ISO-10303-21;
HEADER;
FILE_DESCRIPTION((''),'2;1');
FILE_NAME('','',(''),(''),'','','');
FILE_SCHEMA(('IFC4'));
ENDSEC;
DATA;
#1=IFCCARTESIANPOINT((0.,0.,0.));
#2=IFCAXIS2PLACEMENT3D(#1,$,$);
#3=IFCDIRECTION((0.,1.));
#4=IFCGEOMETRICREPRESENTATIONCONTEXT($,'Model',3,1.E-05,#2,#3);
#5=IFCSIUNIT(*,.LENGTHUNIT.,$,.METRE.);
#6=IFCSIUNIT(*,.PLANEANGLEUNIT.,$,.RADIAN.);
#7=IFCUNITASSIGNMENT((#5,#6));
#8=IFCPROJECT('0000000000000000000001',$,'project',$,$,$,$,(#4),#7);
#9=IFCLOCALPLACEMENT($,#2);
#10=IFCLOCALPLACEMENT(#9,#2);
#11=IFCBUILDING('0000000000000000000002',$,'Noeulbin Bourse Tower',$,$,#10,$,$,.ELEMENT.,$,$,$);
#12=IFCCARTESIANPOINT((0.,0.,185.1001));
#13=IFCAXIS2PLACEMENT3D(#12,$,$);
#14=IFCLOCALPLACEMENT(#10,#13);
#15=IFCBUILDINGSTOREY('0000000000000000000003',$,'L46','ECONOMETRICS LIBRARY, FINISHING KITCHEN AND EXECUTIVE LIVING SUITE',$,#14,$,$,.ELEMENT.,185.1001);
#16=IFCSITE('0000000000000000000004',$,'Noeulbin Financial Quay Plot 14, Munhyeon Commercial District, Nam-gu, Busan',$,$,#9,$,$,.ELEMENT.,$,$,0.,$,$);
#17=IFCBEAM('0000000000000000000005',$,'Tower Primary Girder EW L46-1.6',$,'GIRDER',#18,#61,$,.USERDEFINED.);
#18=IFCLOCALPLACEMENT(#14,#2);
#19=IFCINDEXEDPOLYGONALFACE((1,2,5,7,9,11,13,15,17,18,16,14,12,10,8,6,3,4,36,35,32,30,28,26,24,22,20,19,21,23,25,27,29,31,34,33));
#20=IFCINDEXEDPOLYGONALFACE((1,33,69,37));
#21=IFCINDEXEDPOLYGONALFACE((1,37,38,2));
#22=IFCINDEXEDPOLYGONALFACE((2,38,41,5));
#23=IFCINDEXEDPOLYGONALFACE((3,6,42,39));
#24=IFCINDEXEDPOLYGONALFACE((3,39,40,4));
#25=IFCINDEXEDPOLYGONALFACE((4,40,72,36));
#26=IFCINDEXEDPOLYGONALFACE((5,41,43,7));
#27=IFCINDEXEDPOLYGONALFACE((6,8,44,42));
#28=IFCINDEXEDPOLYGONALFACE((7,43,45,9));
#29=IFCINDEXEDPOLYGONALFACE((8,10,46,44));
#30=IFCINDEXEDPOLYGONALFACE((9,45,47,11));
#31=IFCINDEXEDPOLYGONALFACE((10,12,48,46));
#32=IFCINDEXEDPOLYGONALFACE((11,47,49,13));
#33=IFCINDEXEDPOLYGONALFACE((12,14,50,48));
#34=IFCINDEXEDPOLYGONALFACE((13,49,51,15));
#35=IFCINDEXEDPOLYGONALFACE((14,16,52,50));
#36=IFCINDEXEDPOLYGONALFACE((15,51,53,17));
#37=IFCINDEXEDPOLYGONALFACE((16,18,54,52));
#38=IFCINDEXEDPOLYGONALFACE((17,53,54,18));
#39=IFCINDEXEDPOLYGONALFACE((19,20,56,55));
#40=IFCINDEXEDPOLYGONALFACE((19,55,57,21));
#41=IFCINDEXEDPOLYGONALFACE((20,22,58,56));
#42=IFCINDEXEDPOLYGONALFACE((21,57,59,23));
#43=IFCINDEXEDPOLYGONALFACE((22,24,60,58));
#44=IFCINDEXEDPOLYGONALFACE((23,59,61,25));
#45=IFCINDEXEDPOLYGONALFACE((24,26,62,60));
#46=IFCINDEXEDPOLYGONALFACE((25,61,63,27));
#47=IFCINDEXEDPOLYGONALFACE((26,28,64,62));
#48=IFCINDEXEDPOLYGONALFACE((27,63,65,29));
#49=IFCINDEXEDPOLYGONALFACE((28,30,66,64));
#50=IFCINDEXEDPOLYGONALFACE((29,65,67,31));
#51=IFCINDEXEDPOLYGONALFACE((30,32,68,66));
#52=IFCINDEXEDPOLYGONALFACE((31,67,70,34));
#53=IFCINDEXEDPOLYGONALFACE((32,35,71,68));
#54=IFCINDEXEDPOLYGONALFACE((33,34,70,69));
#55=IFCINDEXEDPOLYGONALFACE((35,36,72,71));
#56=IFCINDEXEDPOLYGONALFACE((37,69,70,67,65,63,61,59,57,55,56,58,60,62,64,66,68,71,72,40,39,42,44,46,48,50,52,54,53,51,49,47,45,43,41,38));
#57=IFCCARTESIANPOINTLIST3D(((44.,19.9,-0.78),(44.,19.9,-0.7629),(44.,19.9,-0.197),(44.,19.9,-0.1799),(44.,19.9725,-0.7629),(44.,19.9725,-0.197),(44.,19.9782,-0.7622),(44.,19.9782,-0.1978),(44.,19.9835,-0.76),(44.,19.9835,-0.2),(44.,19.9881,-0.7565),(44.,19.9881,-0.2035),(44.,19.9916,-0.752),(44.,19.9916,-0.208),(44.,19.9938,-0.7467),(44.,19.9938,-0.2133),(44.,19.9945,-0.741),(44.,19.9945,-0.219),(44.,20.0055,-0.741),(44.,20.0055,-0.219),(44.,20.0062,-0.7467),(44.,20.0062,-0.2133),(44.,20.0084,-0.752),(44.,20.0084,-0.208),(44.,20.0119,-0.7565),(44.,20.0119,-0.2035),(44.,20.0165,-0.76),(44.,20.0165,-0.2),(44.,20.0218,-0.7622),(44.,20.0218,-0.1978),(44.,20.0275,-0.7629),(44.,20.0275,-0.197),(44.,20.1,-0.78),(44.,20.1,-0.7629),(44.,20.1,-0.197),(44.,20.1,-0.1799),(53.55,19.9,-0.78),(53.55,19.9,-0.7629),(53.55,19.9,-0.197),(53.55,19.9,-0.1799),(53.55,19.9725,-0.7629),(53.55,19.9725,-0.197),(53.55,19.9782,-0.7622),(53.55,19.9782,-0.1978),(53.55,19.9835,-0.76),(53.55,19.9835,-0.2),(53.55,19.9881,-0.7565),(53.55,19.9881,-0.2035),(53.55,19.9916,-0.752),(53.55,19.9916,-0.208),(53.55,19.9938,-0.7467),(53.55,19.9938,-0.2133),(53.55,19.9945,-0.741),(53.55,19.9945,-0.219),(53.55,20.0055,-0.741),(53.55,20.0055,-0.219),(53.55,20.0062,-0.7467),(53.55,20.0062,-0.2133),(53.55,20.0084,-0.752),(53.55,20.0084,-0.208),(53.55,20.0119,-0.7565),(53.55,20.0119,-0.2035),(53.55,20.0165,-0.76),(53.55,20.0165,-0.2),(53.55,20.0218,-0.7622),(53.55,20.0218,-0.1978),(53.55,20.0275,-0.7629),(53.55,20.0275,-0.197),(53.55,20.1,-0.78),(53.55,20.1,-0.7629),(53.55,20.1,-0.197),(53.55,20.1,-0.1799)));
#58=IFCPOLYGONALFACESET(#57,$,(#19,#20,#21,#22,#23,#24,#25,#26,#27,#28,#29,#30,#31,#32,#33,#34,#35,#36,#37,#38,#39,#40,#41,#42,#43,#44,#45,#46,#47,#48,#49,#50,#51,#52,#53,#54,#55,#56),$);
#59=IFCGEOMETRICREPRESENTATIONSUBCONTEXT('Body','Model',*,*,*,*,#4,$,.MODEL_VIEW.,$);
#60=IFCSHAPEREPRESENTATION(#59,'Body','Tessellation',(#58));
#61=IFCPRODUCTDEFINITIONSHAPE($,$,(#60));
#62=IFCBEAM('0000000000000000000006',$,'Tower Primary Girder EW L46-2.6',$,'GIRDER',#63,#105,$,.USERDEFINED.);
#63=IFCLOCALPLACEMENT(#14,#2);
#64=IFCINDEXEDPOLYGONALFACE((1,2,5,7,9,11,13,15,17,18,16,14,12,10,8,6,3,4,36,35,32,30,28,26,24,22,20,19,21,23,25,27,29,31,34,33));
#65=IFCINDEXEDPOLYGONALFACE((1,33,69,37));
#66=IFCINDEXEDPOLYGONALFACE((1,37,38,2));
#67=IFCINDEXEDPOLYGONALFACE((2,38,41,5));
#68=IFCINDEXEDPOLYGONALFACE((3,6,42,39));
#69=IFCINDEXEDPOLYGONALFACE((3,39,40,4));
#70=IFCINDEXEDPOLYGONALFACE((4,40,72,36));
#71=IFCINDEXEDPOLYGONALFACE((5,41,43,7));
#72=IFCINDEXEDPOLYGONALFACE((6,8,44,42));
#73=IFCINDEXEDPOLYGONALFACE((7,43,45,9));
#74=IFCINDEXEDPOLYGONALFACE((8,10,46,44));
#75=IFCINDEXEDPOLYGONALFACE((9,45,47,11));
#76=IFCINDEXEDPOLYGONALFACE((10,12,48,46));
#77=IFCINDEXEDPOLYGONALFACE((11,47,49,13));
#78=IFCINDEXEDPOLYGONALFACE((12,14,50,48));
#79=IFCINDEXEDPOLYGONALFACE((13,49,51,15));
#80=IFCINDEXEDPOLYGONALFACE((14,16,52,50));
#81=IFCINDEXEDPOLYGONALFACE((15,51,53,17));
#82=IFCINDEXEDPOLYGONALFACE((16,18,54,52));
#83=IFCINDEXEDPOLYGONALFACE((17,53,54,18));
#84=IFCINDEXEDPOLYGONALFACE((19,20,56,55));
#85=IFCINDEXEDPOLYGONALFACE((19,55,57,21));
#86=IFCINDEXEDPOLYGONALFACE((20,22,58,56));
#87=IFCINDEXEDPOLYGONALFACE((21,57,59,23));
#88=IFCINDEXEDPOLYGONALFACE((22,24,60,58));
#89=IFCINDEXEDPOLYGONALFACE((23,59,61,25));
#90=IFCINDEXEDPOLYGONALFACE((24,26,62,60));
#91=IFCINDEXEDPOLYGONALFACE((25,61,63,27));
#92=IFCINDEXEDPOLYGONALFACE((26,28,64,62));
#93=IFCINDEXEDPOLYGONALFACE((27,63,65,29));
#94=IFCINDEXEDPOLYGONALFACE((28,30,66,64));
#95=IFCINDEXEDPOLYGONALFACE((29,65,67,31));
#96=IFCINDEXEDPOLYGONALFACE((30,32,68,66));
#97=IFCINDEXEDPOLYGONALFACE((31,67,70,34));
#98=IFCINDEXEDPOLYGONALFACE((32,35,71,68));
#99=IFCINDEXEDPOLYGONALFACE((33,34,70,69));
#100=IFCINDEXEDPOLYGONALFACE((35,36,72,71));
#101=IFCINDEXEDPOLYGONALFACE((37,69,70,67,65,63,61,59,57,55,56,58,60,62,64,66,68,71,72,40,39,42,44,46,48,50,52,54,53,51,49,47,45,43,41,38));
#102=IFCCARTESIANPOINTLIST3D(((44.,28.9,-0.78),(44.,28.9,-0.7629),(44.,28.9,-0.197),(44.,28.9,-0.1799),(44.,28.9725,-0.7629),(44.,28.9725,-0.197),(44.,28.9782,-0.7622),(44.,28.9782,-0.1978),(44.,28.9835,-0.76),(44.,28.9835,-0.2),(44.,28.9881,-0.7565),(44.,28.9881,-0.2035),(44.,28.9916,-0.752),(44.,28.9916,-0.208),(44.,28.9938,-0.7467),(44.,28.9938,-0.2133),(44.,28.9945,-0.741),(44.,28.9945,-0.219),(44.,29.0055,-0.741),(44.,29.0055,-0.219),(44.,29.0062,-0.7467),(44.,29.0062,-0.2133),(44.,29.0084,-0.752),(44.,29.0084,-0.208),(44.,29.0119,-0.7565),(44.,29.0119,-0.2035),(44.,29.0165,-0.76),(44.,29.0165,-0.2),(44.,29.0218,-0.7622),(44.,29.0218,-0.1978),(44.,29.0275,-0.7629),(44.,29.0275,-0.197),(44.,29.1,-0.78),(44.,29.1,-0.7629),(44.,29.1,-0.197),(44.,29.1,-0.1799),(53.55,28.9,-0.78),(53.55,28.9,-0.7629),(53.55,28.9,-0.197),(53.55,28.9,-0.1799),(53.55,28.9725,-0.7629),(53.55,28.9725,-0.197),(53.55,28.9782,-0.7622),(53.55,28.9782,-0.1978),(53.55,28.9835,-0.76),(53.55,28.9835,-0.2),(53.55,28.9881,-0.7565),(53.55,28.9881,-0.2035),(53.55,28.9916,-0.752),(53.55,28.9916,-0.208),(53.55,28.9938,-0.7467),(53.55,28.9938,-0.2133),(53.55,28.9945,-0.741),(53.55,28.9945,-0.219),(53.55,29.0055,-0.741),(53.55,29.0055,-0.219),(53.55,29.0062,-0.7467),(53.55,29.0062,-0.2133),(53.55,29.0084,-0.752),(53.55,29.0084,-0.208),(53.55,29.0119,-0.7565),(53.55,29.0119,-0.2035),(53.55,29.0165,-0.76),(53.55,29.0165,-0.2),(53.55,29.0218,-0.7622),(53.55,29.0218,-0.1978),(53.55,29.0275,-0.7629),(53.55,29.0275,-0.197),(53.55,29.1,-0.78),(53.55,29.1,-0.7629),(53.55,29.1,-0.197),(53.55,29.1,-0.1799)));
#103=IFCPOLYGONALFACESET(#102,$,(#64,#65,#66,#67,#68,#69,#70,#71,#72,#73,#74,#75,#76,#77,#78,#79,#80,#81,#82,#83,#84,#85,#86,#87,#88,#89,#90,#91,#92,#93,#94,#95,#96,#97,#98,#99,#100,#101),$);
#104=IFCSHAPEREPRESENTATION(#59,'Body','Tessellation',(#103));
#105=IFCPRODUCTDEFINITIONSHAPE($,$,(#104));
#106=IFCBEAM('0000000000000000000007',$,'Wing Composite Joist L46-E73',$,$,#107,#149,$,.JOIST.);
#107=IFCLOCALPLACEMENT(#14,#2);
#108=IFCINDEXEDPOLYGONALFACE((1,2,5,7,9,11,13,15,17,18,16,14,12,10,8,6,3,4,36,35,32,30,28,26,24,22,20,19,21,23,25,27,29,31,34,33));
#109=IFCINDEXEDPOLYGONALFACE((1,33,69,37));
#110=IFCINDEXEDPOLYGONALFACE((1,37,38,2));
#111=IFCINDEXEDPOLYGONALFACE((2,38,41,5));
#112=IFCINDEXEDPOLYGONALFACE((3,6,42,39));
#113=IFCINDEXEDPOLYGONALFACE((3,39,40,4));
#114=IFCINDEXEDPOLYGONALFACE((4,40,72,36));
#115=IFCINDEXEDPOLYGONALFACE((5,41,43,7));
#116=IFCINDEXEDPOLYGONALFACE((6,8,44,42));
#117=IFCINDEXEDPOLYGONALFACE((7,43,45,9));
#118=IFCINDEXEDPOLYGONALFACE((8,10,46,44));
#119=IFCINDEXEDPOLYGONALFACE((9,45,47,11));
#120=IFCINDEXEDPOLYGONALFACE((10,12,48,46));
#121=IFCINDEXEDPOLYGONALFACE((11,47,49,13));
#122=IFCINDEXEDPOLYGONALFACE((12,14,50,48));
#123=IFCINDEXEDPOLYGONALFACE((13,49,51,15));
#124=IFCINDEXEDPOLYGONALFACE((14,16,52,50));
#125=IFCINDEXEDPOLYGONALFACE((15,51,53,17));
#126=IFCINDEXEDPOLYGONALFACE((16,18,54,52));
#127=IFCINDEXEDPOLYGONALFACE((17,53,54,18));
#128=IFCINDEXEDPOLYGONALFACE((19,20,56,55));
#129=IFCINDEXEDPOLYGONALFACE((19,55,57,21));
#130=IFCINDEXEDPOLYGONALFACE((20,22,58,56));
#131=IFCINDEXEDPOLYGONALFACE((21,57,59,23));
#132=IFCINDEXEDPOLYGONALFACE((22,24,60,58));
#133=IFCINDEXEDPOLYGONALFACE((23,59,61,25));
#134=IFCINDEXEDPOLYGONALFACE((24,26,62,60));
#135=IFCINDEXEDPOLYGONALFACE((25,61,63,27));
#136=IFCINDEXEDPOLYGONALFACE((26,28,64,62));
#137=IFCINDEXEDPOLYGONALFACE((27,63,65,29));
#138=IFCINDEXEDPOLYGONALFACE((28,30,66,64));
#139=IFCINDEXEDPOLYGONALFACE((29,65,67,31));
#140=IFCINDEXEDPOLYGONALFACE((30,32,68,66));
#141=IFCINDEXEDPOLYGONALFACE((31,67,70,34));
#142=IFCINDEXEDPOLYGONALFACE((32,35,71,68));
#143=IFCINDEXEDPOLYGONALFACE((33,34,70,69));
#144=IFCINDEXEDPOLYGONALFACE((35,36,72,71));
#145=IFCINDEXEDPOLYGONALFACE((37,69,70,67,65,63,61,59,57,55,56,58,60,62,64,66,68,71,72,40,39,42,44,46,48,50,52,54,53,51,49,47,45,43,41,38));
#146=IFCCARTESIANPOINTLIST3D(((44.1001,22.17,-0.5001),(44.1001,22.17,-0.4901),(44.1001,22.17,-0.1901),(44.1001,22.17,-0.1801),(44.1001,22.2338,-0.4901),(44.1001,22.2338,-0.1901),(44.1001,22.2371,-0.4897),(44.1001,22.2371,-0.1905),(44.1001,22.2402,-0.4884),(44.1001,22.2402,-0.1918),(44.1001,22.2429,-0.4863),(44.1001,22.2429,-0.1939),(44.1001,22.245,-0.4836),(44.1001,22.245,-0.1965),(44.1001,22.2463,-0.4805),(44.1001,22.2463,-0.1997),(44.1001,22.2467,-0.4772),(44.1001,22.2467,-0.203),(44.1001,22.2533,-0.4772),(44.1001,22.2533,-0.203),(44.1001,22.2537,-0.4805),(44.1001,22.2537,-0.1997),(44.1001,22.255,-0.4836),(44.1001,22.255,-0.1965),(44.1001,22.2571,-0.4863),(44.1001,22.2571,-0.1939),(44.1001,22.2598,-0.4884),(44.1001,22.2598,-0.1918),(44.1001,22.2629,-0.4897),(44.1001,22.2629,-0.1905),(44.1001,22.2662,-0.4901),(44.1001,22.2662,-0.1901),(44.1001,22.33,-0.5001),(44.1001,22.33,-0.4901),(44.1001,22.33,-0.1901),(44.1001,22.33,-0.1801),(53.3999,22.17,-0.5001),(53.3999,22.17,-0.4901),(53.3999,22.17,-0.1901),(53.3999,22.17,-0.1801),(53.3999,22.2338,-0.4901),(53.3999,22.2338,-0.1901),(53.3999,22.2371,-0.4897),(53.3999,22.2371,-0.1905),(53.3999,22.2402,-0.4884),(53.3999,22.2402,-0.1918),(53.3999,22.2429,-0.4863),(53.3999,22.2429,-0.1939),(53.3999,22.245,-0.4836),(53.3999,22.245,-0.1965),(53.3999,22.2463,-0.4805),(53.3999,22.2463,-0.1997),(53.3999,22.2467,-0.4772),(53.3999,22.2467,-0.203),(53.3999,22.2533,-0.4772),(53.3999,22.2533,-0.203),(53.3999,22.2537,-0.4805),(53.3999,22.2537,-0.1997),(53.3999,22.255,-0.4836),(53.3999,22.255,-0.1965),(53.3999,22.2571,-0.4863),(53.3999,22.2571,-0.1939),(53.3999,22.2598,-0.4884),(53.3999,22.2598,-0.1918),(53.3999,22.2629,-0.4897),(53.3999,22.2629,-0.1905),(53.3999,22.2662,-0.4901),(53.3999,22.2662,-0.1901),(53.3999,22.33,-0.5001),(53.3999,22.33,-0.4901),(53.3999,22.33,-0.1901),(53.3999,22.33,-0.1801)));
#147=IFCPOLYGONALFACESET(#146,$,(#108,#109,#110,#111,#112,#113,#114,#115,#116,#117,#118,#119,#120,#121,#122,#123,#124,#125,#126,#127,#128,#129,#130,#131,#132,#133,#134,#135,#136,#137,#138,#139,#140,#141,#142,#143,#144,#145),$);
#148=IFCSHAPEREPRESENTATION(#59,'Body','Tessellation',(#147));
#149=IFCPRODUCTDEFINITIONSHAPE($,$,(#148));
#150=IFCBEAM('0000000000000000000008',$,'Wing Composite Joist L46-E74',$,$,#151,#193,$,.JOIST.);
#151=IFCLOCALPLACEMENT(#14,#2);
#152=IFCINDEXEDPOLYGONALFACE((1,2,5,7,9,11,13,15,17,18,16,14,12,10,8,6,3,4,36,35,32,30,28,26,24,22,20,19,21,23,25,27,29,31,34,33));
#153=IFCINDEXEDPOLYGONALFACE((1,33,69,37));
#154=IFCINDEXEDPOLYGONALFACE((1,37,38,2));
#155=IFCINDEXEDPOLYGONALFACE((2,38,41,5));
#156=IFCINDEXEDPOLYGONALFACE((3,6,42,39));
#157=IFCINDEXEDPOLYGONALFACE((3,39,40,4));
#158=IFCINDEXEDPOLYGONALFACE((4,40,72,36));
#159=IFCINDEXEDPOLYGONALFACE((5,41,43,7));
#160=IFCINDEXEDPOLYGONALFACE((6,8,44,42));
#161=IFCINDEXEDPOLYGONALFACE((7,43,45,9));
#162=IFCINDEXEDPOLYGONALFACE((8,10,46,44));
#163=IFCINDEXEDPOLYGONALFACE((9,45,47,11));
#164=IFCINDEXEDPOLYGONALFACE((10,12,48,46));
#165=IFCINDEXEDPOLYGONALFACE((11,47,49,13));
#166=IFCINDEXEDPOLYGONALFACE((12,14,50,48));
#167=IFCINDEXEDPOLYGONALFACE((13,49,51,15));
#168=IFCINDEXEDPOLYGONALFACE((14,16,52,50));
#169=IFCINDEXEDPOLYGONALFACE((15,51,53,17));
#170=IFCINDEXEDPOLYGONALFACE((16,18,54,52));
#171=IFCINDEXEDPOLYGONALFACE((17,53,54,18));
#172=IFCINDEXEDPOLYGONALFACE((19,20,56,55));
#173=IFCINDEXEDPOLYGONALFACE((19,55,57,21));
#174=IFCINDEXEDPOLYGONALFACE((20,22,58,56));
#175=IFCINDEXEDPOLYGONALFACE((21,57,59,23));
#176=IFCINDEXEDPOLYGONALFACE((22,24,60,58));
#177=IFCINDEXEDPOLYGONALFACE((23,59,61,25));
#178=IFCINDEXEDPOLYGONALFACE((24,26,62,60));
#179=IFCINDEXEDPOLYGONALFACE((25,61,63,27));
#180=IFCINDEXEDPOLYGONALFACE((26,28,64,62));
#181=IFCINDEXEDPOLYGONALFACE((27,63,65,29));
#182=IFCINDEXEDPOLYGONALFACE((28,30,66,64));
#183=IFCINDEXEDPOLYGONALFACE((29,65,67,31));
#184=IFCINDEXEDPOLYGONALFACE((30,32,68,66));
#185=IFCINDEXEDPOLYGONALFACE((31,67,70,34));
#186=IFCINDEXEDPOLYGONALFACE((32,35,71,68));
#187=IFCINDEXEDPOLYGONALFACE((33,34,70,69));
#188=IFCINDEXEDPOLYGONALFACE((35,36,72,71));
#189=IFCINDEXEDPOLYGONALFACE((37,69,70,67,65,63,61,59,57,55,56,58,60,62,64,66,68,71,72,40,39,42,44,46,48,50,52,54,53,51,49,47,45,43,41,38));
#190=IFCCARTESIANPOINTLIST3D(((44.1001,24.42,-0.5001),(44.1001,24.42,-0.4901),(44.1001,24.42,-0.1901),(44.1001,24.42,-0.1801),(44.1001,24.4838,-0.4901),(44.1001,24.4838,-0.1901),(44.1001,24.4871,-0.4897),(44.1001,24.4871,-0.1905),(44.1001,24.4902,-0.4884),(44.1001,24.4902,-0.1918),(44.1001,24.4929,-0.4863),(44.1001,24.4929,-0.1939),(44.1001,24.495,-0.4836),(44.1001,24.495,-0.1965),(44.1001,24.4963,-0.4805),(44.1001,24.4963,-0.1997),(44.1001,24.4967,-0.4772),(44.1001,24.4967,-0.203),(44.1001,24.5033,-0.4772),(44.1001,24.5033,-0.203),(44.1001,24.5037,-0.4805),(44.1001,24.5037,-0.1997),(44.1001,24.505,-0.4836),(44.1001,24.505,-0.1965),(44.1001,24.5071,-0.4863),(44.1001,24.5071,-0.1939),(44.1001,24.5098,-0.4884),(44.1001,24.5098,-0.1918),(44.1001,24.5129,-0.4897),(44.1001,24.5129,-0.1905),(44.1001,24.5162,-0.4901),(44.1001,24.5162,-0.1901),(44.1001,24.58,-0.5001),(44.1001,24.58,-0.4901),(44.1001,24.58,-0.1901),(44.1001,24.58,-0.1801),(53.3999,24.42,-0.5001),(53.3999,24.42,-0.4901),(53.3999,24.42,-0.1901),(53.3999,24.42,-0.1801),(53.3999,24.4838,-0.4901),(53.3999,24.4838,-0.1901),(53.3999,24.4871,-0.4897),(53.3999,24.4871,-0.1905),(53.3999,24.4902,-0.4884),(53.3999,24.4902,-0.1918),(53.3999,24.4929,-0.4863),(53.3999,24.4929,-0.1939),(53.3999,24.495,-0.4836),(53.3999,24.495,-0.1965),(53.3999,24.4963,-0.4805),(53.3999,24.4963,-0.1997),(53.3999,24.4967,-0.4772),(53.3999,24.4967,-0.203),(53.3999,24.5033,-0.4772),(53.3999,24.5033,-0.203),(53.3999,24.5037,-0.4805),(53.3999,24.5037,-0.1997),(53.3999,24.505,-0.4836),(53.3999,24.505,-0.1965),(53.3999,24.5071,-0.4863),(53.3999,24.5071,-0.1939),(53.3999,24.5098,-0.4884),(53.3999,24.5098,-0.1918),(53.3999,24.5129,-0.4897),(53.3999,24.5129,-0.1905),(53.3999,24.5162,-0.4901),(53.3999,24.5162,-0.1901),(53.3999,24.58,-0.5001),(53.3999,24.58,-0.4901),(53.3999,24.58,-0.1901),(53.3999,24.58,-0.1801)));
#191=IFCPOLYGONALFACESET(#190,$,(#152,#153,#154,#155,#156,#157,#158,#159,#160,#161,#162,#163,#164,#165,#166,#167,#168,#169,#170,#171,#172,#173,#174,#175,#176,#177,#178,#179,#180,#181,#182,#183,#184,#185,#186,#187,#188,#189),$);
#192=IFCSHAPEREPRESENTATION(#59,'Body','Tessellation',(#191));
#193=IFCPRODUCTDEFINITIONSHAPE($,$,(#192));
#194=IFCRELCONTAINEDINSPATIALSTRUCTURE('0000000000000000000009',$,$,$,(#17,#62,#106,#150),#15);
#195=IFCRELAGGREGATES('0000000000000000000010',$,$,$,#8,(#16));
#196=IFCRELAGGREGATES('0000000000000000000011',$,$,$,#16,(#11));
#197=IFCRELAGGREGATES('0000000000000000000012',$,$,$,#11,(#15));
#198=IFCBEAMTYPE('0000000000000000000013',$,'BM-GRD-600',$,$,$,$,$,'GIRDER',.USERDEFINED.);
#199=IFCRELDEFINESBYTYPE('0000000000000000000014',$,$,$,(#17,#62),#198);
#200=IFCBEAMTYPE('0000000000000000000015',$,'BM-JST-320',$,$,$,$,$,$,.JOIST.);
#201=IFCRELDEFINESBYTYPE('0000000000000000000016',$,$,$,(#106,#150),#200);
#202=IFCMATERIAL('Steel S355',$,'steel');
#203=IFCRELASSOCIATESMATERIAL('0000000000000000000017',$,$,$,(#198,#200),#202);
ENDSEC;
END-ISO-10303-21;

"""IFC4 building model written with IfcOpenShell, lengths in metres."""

from ifc_helpers import new_model, si_unit, direction, frame, origin, origin_2d, place, context, subcontext, project, spatial, i_section, extrude, material, material_profile, profile_set, type_object, element, save


model = new_model("IFC4")

# Units and contexts
model_context = context("Model", 3, precision=1e-05, world=origin(), true_north=direction((0.0, 1.0)))
body_context = subcontext(model_context, "Body", "Model", "MODEL_VIEW")
ifc_project = project(units=[si_unit("LENGTHUNIT", "METRE"), si_unit("PLANEANGLEUNIT", "RADIAN")], contexts=[model_context])

# Site, building, storey
site_placement = place(None, origin())
site = spatial("IfcSite", under=ifc_project, at=site_placement, Name="Noeulbin Financial Quay Plot 14, Munhyeon Commercial District, Nam-gu, Busan", CompositionType="ELEMENT", RefElevation=0.0)
building_placement = place(site_placement, origin())
building = spatial("IfcBuilding", under=site, at=building_placement, Name="Noeulbin Bourse Tower", CompositionType="ELEMENT")
storey_placement = place(building_placement, frame((0.0, 0.0, 185.1001)))
storey = spatial("IfcBuildingStorey", under=building, at=storey_placement, Name="L46", Description="ECONOMETRICS LIBRARY, FINISHING KITCHEN AND EXECUTIVE LIVING SUITE", CompositionType="ELEMENT", Elevation=185.1001)

# Shared definitions
ifc_material_1 = material(Name="Steel S355", Category="steel")

# Beams
ifc_material_profile_1 = material_profile(ifc_material_1, i_section(OverallWidth=0.2, OverallDepth=0.6001, WebThickness=0.011, FlangeThickness=0.0171, FilletRadius=0.022, at=origin_2d()), Name="H-600x200x11x17", Category="LoadBearing")
ifc_profile_set_1 = profile_set([ifc_material_profile_1], Name="Steel S355")
beam_type_1 = type_object("IfcBeamType", Name="BM-GRD-600", ElementType="GIRDER", PredefinedType="USERDEFINED", material=ifc_profile_set_1)
for number, where, z_axis, x_axis, name in (
    (1, (44.0, 20.0, -0.48), (1.0, 0.0, 0.0), (0.0, 1.0, 0.0), "Tower Primary Girder EW L46-1.6"),
    (2, (44.0, 29.0, -0.48), (1.0, 0.0, 0.0), (0.0, 1.0, 0.0), "Tower Primary Girder EW L46-2.6"),
):
    element("IfcBeam", number, at=place(storey_placement, frame(where, z_axis=z_axis, x_axis=x_axis)), inside=storey, type_object=beam_type_1, Name=name, ObjectType="GIRDER", PredefinedType="USERDEFINED", context=body_context, shape_type="SweptSolid", body=[
        extrude(i_section(OverallWidth=0.2, OverallDepth=0.6001, WebThickness=0.011, FlangeThickness=0.0171, FilletRadius=0.022, at=origin_2d()), origin(), (0.0, 0.0, 1.0), 9.55),
    ])
ifc_material_profile_2 = material_profile(ifc_material_1, i_section(OverallWidth=0.1599, OverallDepth=0.3201, WebThickness=0.0066, FlangeThickness=0.01, FilletRadius=0.0129, at=origin_2d()), Name="H-320x160x6.5x10", Category="LoadBearing")
ifc_profile_set_2 = profile_set([ifc_material_profile_2], Name="Steel S355")
beam_type_2 = type_object("IfcBeamType", Name="BM-JST-320", PredefinedType="JOIST", material=ifc_profile_set_2)
for number, where, z_axis, x_axis, name in (
    (3, (44.1001, 22.25, -0.3401), (1.0, 0.0, 0.0), (0.0, 1.0, 0.0), "Wing Composite Joist L46-E73"),
    (4, (44.1001, 24.5, -0.3401), (1.0, 0.0, 0.0), (0.0, 1.0, 0.0), "Wing Composite Joist L46-E74"),
):
    element("IfcBeam", number, at=place(storey_placement, frame(where, z_axis=z_axis, x_axis=x_axis)), inside=storey, type_object=beam_type_2, Name=name, PredefinedType="JOIST", context=body_context, shape_type="SweptSolid", body=[
        extrude(i_section(OverallWidth=0.1599, OverallDepth=0.3201, WebThickness=0.0066, FlangeThickness=0.01, FilletRadius=0.0129, at=origin_2d()), origin(), (0.0, 0.0, 1.0), 9.2998),
    ])

save(model, "model.ifc")
